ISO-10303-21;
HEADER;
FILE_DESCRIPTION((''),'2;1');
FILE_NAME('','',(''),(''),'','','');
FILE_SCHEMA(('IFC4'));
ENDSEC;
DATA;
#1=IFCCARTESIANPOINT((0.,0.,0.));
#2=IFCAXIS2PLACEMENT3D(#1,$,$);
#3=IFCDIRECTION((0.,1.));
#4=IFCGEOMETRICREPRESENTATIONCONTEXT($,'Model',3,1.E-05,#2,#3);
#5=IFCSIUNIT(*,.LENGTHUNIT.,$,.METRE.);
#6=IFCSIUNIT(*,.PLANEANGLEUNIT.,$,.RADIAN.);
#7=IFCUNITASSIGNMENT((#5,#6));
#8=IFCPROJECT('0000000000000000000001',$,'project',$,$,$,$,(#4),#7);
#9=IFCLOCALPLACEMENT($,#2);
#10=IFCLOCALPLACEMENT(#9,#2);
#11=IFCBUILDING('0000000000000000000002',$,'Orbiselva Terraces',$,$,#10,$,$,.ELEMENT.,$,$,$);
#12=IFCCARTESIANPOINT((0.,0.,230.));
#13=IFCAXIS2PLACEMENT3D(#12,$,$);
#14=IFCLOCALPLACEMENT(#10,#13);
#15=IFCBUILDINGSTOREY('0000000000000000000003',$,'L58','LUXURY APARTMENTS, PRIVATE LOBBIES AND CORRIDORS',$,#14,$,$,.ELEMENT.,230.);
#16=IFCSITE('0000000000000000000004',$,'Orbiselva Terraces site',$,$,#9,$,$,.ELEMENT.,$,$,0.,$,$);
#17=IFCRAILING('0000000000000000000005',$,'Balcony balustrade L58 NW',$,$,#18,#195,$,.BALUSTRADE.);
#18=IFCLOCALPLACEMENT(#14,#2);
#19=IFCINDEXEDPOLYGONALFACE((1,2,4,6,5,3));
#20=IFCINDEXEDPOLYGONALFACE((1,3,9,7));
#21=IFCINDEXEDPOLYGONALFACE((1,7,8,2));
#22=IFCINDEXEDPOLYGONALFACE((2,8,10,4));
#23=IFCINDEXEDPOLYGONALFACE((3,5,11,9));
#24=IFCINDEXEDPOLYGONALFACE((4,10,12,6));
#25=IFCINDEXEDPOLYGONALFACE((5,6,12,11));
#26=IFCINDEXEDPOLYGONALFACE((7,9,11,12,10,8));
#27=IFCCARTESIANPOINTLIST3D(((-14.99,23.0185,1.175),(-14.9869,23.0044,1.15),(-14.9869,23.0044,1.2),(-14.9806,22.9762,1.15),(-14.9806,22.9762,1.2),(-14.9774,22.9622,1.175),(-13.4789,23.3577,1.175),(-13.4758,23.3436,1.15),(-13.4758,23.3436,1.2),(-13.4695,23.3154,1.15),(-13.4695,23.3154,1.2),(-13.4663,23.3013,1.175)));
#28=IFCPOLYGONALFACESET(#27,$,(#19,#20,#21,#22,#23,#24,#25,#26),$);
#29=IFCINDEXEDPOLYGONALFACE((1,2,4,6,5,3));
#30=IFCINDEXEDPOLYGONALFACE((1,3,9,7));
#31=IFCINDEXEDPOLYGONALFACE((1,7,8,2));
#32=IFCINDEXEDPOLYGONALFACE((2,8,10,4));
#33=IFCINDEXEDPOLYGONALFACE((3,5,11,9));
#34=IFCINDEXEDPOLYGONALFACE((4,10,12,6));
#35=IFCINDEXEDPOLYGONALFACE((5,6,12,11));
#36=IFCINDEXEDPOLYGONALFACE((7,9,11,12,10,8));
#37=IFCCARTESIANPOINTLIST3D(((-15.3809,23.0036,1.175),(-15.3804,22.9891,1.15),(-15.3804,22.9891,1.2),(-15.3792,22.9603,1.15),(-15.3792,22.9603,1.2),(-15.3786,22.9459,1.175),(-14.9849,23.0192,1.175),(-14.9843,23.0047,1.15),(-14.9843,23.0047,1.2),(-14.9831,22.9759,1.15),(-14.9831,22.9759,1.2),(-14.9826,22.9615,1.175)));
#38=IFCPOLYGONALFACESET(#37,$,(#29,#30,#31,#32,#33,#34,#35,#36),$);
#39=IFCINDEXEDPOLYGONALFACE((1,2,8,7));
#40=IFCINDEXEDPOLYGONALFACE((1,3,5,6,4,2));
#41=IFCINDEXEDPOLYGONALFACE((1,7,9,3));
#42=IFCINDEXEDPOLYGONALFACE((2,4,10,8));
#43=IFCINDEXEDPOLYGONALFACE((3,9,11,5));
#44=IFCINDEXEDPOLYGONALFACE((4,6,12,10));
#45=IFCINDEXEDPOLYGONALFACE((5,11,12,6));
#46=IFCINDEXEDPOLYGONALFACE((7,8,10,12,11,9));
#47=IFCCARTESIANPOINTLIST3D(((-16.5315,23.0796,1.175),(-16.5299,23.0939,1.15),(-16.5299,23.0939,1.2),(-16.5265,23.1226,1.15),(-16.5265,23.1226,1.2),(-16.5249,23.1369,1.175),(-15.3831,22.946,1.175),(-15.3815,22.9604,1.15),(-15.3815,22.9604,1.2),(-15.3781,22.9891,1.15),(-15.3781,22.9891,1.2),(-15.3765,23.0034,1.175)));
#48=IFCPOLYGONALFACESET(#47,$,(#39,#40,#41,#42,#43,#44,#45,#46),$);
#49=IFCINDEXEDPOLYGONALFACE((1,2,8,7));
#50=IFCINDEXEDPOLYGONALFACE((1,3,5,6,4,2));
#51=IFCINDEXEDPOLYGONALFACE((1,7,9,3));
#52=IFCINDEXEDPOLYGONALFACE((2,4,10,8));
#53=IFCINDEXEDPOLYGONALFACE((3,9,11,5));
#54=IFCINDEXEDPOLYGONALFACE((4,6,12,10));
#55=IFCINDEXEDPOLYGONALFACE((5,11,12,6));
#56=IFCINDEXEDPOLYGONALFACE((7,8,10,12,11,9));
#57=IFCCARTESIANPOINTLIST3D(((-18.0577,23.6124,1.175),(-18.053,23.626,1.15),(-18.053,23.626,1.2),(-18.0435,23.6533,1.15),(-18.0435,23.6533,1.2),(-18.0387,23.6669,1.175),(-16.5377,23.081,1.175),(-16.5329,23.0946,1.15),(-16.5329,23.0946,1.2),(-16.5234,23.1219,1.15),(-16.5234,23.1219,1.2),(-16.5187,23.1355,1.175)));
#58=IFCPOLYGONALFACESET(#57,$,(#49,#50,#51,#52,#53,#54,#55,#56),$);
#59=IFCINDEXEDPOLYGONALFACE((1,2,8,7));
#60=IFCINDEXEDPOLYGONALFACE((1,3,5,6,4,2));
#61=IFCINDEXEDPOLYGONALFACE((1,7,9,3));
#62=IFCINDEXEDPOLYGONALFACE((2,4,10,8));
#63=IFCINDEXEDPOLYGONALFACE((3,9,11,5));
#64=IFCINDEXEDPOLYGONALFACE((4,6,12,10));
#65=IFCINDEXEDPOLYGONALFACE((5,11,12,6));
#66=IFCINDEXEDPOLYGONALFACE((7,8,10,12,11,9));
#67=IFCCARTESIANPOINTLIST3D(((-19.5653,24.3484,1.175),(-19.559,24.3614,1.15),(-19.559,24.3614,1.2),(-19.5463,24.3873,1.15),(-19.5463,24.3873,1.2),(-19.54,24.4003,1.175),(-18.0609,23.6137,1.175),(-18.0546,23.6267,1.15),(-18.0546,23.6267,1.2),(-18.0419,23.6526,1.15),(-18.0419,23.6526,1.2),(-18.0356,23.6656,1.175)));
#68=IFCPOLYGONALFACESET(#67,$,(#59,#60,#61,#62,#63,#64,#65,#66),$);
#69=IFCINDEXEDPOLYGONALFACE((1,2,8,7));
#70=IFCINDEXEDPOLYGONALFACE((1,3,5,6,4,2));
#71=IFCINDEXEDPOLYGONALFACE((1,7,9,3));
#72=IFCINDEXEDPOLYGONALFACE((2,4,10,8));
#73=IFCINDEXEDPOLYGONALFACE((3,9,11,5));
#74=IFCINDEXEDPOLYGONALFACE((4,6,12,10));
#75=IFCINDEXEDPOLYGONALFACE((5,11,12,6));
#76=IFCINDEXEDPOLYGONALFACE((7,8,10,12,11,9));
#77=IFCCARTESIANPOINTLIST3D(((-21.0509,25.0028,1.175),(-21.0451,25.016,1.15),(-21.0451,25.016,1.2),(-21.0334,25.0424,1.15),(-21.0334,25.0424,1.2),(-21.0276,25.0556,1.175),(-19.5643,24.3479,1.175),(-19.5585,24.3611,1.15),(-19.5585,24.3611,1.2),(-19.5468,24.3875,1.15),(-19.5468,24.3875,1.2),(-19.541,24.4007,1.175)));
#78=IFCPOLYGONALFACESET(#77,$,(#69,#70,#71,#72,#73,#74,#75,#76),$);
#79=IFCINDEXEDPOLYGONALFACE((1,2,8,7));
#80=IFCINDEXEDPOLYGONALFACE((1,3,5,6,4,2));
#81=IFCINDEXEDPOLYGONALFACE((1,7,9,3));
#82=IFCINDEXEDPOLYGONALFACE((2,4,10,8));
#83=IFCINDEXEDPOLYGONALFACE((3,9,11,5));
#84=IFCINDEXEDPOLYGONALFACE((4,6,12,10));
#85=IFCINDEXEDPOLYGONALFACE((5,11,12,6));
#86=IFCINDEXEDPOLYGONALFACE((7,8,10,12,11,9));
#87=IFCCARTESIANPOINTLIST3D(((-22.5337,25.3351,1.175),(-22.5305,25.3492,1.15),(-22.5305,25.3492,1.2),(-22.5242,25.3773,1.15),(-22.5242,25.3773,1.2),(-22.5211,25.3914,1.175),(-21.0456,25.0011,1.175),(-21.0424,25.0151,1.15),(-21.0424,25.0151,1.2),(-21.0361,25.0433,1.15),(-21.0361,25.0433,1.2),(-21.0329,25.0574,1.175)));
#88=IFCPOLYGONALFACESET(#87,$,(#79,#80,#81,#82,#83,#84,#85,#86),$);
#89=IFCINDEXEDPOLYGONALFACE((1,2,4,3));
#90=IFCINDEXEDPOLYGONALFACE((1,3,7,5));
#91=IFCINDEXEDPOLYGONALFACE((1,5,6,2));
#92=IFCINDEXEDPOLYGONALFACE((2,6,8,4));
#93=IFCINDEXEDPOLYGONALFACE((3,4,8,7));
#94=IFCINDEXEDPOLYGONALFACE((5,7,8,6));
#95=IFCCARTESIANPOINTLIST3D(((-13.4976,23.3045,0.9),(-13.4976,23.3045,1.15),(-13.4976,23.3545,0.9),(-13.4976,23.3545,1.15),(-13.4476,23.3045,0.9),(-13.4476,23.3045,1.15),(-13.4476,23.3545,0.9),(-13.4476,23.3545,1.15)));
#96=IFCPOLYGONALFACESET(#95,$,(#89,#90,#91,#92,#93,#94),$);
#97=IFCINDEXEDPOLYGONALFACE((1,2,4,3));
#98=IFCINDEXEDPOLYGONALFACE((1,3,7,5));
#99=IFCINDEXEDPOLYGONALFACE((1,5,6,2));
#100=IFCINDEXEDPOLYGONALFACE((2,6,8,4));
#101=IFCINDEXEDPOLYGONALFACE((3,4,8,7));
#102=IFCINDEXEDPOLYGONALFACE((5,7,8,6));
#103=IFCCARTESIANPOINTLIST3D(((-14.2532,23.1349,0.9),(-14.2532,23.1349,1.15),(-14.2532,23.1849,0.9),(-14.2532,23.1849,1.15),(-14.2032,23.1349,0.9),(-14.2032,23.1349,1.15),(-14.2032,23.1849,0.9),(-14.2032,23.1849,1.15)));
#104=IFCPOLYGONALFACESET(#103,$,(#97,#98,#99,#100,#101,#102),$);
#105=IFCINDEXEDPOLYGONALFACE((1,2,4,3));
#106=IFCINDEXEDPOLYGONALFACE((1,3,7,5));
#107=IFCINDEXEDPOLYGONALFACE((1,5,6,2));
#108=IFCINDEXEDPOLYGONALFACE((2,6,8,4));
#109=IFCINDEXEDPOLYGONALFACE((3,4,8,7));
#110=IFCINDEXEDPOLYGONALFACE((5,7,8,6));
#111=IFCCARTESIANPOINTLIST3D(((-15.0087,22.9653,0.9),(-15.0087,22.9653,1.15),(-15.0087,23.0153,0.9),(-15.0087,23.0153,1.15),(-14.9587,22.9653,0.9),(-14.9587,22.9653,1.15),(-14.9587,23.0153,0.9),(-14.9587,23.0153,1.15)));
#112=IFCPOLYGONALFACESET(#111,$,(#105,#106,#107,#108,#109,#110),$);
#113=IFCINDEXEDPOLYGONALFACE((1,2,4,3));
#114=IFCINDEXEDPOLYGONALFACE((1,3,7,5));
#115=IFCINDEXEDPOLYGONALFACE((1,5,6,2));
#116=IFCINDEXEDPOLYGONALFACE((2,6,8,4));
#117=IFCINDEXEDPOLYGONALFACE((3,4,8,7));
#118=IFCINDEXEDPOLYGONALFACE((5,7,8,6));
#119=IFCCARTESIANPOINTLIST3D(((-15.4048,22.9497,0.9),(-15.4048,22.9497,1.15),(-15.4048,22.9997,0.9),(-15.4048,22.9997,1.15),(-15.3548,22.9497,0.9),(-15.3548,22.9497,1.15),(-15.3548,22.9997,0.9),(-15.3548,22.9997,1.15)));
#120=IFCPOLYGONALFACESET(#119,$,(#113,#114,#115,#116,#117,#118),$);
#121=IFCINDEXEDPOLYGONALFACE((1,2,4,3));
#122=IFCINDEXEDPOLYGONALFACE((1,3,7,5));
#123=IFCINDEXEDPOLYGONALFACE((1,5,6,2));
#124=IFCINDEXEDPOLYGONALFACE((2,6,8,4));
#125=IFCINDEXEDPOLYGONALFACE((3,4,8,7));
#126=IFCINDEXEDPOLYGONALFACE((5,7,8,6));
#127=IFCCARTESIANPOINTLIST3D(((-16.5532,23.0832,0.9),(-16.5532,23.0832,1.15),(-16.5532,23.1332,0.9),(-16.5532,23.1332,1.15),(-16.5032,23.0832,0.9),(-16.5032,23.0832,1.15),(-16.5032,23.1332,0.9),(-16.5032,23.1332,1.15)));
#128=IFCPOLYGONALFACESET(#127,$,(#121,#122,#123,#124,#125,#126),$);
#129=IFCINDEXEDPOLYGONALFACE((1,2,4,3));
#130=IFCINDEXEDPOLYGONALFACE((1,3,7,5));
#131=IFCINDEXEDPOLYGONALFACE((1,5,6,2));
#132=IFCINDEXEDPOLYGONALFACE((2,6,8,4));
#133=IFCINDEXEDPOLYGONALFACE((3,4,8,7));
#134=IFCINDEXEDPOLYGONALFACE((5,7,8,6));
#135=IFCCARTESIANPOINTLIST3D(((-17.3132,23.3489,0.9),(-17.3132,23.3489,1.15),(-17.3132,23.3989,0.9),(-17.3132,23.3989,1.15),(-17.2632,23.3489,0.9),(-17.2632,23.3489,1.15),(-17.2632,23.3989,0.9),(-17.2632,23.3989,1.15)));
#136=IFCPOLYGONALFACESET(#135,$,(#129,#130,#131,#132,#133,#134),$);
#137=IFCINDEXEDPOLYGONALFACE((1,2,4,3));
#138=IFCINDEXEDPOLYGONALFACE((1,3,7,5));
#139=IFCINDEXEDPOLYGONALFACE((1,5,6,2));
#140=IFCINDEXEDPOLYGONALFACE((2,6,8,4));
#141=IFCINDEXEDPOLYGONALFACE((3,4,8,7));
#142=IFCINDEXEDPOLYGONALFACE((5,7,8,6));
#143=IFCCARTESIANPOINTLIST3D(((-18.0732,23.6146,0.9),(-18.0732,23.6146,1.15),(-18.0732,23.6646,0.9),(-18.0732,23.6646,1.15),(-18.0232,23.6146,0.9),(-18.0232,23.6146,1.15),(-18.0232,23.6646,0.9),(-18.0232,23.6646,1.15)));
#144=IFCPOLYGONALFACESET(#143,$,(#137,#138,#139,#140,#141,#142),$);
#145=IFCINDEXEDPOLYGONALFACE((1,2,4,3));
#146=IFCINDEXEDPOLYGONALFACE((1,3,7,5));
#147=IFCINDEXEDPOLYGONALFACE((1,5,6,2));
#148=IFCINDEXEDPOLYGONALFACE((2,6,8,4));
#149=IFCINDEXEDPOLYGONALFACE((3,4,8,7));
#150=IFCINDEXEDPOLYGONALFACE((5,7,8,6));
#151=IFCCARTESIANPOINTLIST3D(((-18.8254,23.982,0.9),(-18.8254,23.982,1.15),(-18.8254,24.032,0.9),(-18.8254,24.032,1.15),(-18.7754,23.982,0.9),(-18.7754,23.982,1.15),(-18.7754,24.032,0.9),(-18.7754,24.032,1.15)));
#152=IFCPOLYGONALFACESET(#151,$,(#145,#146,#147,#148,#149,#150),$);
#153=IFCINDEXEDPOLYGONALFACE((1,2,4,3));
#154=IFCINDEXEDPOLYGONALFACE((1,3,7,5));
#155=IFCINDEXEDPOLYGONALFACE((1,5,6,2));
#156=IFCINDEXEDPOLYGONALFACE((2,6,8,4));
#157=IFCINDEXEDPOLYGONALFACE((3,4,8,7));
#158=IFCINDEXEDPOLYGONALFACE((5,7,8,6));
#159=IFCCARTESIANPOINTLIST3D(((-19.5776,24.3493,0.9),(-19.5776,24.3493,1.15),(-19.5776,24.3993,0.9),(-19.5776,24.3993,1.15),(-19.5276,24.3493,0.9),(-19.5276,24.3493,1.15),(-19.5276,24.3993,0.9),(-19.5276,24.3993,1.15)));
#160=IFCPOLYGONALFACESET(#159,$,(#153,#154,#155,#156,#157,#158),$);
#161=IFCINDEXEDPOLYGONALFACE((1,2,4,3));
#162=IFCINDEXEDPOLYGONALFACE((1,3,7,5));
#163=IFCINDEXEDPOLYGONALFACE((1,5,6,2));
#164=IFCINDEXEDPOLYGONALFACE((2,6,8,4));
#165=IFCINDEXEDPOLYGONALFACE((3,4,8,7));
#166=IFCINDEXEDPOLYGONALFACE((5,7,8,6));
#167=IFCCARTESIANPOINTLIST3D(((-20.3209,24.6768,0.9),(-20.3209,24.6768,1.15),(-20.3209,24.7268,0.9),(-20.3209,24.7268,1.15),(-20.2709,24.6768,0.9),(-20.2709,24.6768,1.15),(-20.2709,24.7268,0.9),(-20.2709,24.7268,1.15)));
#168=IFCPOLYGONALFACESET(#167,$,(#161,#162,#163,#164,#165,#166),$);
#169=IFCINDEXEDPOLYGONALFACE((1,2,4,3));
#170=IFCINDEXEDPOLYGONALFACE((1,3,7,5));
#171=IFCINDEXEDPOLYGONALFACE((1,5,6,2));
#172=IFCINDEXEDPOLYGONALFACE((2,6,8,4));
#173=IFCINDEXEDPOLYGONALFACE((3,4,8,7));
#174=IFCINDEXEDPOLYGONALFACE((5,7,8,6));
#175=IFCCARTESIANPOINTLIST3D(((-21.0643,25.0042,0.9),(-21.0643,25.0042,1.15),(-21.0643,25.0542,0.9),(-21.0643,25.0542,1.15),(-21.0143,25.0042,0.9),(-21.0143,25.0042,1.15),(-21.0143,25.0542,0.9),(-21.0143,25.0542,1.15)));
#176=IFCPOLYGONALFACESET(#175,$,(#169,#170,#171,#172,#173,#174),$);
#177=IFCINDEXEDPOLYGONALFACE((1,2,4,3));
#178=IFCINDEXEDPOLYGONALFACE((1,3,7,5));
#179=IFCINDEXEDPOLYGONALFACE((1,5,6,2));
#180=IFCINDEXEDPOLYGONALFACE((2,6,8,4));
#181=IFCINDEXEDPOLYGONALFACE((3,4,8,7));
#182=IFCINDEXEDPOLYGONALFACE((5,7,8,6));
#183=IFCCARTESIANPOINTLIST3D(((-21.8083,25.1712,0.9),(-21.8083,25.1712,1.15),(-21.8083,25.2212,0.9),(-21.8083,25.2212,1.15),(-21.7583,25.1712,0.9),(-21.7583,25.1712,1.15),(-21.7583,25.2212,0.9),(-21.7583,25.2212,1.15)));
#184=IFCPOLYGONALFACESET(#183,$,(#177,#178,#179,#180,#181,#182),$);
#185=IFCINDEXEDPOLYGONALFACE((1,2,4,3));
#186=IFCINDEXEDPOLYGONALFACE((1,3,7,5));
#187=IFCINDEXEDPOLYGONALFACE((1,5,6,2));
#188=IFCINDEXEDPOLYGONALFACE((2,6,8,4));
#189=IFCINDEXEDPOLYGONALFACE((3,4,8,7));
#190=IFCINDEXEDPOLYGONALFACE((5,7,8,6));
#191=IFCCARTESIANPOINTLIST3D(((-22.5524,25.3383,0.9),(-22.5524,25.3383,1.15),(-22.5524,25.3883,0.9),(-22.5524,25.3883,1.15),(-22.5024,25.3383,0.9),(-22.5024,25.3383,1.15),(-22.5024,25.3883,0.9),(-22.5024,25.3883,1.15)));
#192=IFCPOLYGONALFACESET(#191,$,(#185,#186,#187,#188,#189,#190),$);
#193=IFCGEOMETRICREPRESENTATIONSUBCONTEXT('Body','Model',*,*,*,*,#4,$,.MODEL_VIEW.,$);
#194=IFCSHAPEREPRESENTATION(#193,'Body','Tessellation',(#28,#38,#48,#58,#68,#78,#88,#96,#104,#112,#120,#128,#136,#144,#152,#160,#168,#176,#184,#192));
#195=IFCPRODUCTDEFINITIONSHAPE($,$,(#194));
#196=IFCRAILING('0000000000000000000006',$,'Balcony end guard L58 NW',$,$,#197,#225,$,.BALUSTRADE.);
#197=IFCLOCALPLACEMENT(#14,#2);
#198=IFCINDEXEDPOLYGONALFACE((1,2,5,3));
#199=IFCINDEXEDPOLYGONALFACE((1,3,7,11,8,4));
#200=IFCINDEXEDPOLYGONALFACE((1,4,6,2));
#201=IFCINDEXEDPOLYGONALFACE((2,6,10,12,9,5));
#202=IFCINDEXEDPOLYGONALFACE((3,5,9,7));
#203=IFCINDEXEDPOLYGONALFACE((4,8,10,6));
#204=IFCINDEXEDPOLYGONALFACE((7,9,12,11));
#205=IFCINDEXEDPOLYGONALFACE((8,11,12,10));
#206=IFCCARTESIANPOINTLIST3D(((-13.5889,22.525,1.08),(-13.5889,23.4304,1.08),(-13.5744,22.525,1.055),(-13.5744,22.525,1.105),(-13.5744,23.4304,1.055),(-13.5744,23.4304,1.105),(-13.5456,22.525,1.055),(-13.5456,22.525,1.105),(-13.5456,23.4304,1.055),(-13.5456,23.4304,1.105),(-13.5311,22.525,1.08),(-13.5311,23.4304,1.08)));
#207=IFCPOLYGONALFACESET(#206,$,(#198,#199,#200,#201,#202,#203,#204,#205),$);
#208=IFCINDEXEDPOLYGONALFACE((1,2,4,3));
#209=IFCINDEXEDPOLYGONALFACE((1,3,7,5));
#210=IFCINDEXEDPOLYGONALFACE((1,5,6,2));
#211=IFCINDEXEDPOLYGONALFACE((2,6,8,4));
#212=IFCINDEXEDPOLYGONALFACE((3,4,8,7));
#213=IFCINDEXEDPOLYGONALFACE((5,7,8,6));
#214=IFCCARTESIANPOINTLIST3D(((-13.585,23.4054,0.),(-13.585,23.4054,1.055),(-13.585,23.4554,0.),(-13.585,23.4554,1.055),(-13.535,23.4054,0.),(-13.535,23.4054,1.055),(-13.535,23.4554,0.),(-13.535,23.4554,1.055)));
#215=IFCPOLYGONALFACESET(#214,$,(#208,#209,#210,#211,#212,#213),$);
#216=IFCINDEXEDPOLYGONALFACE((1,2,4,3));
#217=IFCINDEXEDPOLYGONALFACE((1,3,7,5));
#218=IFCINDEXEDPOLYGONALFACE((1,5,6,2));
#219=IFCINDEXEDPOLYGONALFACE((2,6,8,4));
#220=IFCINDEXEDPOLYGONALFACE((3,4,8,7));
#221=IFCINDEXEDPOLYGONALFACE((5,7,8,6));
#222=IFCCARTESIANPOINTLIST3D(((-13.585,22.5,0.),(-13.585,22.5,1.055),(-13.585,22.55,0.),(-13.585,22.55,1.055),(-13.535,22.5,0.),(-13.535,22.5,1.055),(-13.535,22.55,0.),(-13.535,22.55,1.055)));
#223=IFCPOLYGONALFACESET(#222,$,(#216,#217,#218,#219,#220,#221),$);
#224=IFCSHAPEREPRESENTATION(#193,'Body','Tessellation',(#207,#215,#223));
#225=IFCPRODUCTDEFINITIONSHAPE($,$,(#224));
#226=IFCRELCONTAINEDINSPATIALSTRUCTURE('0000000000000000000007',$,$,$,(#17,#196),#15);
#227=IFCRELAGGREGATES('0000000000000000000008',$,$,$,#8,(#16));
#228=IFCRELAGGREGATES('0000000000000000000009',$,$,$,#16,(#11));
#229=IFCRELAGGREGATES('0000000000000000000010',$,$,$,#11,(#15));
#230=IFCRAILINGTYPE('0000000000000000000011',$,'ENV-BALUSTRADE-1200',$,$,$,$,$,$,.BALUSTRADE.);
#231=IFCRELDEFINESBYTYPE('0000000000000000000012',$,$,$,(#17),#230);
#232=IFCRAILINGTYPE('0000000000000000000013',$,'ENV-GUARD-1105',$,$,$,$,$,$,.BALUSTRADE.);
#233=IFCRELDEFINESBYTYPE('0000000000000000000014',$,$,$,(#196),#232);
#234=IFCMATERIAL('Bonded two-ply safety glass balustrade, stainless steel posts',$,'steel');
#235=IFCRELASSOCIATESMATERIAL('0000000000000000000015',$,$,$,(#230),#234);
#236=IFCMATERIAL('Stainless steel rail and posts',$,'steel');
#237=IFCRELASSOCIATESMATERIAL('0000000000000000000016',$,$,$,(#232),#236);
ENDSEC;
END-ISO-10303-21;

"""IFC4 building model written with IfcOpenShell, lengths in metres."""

from ifc_helpers import new_model, si_unit, direction, frame, origin, origin_2d, place, context, subcontext, project, spatial, polyline, rectangle, outline, extrude, material, type_object, element, save


model = new_model("IFC4")

# Units and contexts
model_context = context("Model", 3, precision=1e-05, world=origin(), true_north=direction((0.0, 1.0)))
body_context = subcontext(model_context, "Body", "Model", "MODEL_VIEW")
ifc_project = project(units=[si_unit("LENGTHUNIT", "METRE"), si_unit("PLANEANGLEUNIT", "RADIAN")], contexts=[model_context])

# Site, building, storey
site_placement = place(None, origin())
site = spatial("IfcSite", under=ifc_project, at=site_placement, Name="Orbiselva Terraces site", CompositionType="ELEMENT", RefElevation=0.0)
building_placement = place(site_placement, origin())
building = spatial("IfcBuilding", under=site, at=building_placement, Name="Orbiselva Terraces", CompositionType="ELEMENT")
storey_placement = place(building_placement, frame((0.0, 0.0, 230.0)))
storey = spatial("IfcBuildingStorey", under=building, at=storey_placement, Name="L58", Description="LUXURY APARTMENTS, PRIVATE LOBBIES AND CORRIDORS", CompositionType="ELEMENT", Elevation=230.0)

# Railings
ifc_material_1 = material(Name="Bonded two-ply safety glass balustrade, stainless steel posts", Category="steel")
railing_type_1 = type_object("IfcRailingType", Name="ENV-BALUSTRADE-1200", PredefinedType="BALUSTRADE", material=ifc_material_1)
railing_1_placement = place(storey_placement, frame((-13.4726, 23.3295, 0.9)))
element("IfcRailing", 1, at=railing_1_placement, inside=storey, type_object=railing_type_1, Name="Balcony balustrade L58 NW", PredefinedType="BALUSTRADE", context=body_context, shape_type="SweptSolid", body=[
    extrude(outline(polyline([(0.0289, 0.0), (0.0144, 0.025), (-0.0144, 0.025), (-0.0289, 0.0), (-0.0144, -0.025), (0.0144, -0.025), (0.0289, 0.0)])), frame((0.0, 0.0, 0.275), z_axis=(-0.975721, -0.219015, 0.0), x_axis=(0.219015, -0.975721, 0.0)), (0.0, 0.0, 1.0), 1.5487),
    extrude(outline(polyline([(0.0289, 0.0), (0.0144, 0.025), (-0.0144, 0.025), (-0.0289, 0.0), (-0.0144, -0.025), (0.0144, -0.025), (0.0289, 0.0)])), frame((-1.5111, -0.3392, 0.275), z_axis=(-0.999225, -0.039369, 0.0), x_axis=(0.039369, -0.999225, 0.0)), (0.0, 0.0, 1.0), 0.3964),
    extrude(outline(polyline([(0.0289, 0.0), (0.0144, 0.025), (-0.0144, 0.025), (-0.0289, 0.0), (-0.0144, -0.025), (0.0144, -0.025), (0.0289, 0.0)])), frame((-1.9072, -0.3548, 0.275), z_axis=(-0.99331, 0.115482, 0.0), x_axis=(-0.115482, -0.99331, 0.0)), (0.0, 0.0, 1.0), 1.1561),
    extrude(outline(polyline([(0.0289, 0.0), (0.0144, 0.025), (-0.0144, 0.025), (-0.0289, 0.0), (-0.0144, -0.025), (0.0144, -0.025), (0.0289, 0.0)])), frame((-3.0556, -0.2213, 0.275), z_axis=(-0.943972, 0.330025, 0.0), x_axis=(-0.330025, -0.943972, 0.0)), (0.0, 0.0, 1.0), 1.6103),
    extrude(outline(polyline([(0.0289, 0.0), (0.0144, 0.025), (-0.0144, 0.025), (-0.0289, 0.0), (-0.0144, -0.025), (0.0144, -0.025), (0.0289, 0.0)])), frame((-4.5756, 0.3101, 0.275), z_axis=(-0.898579, 0.438812, 0.0), x_axis=(-0.438812, -0.898579, 0.0)), (0.0, 0.0, 1.0), 1.6742),
    extrude(outline(polyline([(0.0289, 0.0), (0.0144, 0.025), (-0.0144, 0.025), (-0.0289, 0.0), (-0.0144, -0.025), (0.0144, -0.025), (0.0289, 0.0)])), frame((-6.08, 1.0448, 0.275), z_axis=(-0.915133, 0.403151, 0.0), x_axis=(-0.403151, -0.915133, 0.0)), (0.0, 0.0, 1.0), 1.6245),
    extrude(outline(polyline([(0.0289, 0.0), (0.0144, 0.025), (-0.0144, 0.025), (-0.0289, 0.0), (-0.0144, -0.025), (0.0144, -0.025), (0.0289, 0.0)])), frame((-7.5666, 1.6997, 0.275), z_axis=(-0.975721, 0.219016, 0.0), x_axis=(-0.219016, -0.975721, 0.0)), (0.0, 0.0, 1.0), 1.5252),
    extrude(rectangle(XDim=0.05, YDim=0.05, at=origin_2d()), origin(), (0.0, 0.0, 1.0), 0.25),
    extrude(rectangle(XDim=0.05, YDim=0.05, at=origin_2d()), frame((-0.7555, -0.1696, 0.0)), (0.0, 0.0, 1.0), 0.25),
    extrude(rectangle(XDim=0.05, YDim=0.05, at=origin_2d()), frame((-1.5111, -0.3392, 0.0)), (0.0, 0.0, 1.0), 0.25),
    extrude(rectangle(XDim=0.05, YDim=0.05, at=origin_2d()), frame((-1.9072, -0.3548, 0.0)), (0.0, 0.0, 1.0), 0.25),
    extrude(rectangle(XDim=0.05, YDim=0.05, at=origin_2d()), frame((-3.0556, -0.2213, 0.0)), (0.0, 0.0, 1.0), 0.25),
    extrude(rectangle(XDim=0.05, YDim=0.05, at=origin_2d()), frame((-3.8156, 0.0444, 0.0)), (0.0, 0.0, 1.0), 0.25),
    extrude(rectangle(XDim=0.05, YDim=0.05, at=origin_2d()), frame((-4.5756, 0.3101, 0.0)), (0.0, 0.0, 1.0), 0.25),
    extrude(rectangle(XDim=0.05, YDim=0.05, at=origin_2d()), frame((-5.3278, 0.6775, 0.0)), (0.0, 0.0, 1.0), 0.25),
    extrude(rectangle(XDim=0.05, YDim=0.05, at=origin_2d()), frame((-6.08, 1.0448, 0.0)), (0.0, 0.0, 1.0), 0.25),
    extrude(rectangle(XDim=0.05, YDim=0.05, at=origin_2d()), frame((-6.8233, 1.3723, 0.0)), (0.0, 0.0, 1.0), 0.25),
    extrude(rectangle(XDim=0.05, YDim=0.05, at=origin_2d()), frame((-7.5666, 1.6997, 0.0)), (0.0, 0.0, 1.0), 0.25),
    extrude(rectangle(XDim=0.05, YDim=0.05, at=origin_2d()), frame((-8.3107, 1.8667, 0.0)), (0.0, 0.0, 1.0), 0.25),
    extrude(rectangle(XDim=0.05, YDim=0.05, at=origin_2d()), frame((-9.0548, 2.0338, 0.0)), (0.0, 0.0, 1.0), 0.25),
])
ifc_material_2 = material(Name="Stainless steel rail and posts", Category="steel")
railing_type_2 = type_object("IfcRailingType", Name="ENV-GUARD-1105", PredefinedType="BALUSTRADE", material=ifc_material_2)
railing_2_placement = place(storey_placement, frame((-13.56, 23.4304, 0.0)))
element("IfcRailing", 2, at=railing_2_placement, inside=storey, type_object=railing_type_2, Name="Balcony end guard L58 NW", PredefinedType="BALUSTRADE", context=body_context, shape_type="SweptSolid", body=[
    extrude(outline(polyline([(0.0289, 0.0), (0.0144, 0.025), (-0.0144, 0.025), (-0.0289, 0.0), (-0.0144, -0.025), (0.0144, -0.025), (0.0289, 0.0)])), frame((0.0, 0.0, 1.08), z_axis=(0.0, -1.0, 0.0), x_axis=(1.0, 0.0, 0.0)), (0.0, 0.0, 1.0), 0.9054),
    extrude(rectangle(XDim=0.05, YDim=0.05, at=origin_2d()), origin(), (0.0, 0.0, 1.0), 1.055),
    extrude(rectangle(XDim=0.05, YDim=0.05, at=origin_2d()), frame((0.0, -0.9054, 0.0)), (0.0, 0.0, 1.0), 1.055),
])

save(model, "model.ifc")
